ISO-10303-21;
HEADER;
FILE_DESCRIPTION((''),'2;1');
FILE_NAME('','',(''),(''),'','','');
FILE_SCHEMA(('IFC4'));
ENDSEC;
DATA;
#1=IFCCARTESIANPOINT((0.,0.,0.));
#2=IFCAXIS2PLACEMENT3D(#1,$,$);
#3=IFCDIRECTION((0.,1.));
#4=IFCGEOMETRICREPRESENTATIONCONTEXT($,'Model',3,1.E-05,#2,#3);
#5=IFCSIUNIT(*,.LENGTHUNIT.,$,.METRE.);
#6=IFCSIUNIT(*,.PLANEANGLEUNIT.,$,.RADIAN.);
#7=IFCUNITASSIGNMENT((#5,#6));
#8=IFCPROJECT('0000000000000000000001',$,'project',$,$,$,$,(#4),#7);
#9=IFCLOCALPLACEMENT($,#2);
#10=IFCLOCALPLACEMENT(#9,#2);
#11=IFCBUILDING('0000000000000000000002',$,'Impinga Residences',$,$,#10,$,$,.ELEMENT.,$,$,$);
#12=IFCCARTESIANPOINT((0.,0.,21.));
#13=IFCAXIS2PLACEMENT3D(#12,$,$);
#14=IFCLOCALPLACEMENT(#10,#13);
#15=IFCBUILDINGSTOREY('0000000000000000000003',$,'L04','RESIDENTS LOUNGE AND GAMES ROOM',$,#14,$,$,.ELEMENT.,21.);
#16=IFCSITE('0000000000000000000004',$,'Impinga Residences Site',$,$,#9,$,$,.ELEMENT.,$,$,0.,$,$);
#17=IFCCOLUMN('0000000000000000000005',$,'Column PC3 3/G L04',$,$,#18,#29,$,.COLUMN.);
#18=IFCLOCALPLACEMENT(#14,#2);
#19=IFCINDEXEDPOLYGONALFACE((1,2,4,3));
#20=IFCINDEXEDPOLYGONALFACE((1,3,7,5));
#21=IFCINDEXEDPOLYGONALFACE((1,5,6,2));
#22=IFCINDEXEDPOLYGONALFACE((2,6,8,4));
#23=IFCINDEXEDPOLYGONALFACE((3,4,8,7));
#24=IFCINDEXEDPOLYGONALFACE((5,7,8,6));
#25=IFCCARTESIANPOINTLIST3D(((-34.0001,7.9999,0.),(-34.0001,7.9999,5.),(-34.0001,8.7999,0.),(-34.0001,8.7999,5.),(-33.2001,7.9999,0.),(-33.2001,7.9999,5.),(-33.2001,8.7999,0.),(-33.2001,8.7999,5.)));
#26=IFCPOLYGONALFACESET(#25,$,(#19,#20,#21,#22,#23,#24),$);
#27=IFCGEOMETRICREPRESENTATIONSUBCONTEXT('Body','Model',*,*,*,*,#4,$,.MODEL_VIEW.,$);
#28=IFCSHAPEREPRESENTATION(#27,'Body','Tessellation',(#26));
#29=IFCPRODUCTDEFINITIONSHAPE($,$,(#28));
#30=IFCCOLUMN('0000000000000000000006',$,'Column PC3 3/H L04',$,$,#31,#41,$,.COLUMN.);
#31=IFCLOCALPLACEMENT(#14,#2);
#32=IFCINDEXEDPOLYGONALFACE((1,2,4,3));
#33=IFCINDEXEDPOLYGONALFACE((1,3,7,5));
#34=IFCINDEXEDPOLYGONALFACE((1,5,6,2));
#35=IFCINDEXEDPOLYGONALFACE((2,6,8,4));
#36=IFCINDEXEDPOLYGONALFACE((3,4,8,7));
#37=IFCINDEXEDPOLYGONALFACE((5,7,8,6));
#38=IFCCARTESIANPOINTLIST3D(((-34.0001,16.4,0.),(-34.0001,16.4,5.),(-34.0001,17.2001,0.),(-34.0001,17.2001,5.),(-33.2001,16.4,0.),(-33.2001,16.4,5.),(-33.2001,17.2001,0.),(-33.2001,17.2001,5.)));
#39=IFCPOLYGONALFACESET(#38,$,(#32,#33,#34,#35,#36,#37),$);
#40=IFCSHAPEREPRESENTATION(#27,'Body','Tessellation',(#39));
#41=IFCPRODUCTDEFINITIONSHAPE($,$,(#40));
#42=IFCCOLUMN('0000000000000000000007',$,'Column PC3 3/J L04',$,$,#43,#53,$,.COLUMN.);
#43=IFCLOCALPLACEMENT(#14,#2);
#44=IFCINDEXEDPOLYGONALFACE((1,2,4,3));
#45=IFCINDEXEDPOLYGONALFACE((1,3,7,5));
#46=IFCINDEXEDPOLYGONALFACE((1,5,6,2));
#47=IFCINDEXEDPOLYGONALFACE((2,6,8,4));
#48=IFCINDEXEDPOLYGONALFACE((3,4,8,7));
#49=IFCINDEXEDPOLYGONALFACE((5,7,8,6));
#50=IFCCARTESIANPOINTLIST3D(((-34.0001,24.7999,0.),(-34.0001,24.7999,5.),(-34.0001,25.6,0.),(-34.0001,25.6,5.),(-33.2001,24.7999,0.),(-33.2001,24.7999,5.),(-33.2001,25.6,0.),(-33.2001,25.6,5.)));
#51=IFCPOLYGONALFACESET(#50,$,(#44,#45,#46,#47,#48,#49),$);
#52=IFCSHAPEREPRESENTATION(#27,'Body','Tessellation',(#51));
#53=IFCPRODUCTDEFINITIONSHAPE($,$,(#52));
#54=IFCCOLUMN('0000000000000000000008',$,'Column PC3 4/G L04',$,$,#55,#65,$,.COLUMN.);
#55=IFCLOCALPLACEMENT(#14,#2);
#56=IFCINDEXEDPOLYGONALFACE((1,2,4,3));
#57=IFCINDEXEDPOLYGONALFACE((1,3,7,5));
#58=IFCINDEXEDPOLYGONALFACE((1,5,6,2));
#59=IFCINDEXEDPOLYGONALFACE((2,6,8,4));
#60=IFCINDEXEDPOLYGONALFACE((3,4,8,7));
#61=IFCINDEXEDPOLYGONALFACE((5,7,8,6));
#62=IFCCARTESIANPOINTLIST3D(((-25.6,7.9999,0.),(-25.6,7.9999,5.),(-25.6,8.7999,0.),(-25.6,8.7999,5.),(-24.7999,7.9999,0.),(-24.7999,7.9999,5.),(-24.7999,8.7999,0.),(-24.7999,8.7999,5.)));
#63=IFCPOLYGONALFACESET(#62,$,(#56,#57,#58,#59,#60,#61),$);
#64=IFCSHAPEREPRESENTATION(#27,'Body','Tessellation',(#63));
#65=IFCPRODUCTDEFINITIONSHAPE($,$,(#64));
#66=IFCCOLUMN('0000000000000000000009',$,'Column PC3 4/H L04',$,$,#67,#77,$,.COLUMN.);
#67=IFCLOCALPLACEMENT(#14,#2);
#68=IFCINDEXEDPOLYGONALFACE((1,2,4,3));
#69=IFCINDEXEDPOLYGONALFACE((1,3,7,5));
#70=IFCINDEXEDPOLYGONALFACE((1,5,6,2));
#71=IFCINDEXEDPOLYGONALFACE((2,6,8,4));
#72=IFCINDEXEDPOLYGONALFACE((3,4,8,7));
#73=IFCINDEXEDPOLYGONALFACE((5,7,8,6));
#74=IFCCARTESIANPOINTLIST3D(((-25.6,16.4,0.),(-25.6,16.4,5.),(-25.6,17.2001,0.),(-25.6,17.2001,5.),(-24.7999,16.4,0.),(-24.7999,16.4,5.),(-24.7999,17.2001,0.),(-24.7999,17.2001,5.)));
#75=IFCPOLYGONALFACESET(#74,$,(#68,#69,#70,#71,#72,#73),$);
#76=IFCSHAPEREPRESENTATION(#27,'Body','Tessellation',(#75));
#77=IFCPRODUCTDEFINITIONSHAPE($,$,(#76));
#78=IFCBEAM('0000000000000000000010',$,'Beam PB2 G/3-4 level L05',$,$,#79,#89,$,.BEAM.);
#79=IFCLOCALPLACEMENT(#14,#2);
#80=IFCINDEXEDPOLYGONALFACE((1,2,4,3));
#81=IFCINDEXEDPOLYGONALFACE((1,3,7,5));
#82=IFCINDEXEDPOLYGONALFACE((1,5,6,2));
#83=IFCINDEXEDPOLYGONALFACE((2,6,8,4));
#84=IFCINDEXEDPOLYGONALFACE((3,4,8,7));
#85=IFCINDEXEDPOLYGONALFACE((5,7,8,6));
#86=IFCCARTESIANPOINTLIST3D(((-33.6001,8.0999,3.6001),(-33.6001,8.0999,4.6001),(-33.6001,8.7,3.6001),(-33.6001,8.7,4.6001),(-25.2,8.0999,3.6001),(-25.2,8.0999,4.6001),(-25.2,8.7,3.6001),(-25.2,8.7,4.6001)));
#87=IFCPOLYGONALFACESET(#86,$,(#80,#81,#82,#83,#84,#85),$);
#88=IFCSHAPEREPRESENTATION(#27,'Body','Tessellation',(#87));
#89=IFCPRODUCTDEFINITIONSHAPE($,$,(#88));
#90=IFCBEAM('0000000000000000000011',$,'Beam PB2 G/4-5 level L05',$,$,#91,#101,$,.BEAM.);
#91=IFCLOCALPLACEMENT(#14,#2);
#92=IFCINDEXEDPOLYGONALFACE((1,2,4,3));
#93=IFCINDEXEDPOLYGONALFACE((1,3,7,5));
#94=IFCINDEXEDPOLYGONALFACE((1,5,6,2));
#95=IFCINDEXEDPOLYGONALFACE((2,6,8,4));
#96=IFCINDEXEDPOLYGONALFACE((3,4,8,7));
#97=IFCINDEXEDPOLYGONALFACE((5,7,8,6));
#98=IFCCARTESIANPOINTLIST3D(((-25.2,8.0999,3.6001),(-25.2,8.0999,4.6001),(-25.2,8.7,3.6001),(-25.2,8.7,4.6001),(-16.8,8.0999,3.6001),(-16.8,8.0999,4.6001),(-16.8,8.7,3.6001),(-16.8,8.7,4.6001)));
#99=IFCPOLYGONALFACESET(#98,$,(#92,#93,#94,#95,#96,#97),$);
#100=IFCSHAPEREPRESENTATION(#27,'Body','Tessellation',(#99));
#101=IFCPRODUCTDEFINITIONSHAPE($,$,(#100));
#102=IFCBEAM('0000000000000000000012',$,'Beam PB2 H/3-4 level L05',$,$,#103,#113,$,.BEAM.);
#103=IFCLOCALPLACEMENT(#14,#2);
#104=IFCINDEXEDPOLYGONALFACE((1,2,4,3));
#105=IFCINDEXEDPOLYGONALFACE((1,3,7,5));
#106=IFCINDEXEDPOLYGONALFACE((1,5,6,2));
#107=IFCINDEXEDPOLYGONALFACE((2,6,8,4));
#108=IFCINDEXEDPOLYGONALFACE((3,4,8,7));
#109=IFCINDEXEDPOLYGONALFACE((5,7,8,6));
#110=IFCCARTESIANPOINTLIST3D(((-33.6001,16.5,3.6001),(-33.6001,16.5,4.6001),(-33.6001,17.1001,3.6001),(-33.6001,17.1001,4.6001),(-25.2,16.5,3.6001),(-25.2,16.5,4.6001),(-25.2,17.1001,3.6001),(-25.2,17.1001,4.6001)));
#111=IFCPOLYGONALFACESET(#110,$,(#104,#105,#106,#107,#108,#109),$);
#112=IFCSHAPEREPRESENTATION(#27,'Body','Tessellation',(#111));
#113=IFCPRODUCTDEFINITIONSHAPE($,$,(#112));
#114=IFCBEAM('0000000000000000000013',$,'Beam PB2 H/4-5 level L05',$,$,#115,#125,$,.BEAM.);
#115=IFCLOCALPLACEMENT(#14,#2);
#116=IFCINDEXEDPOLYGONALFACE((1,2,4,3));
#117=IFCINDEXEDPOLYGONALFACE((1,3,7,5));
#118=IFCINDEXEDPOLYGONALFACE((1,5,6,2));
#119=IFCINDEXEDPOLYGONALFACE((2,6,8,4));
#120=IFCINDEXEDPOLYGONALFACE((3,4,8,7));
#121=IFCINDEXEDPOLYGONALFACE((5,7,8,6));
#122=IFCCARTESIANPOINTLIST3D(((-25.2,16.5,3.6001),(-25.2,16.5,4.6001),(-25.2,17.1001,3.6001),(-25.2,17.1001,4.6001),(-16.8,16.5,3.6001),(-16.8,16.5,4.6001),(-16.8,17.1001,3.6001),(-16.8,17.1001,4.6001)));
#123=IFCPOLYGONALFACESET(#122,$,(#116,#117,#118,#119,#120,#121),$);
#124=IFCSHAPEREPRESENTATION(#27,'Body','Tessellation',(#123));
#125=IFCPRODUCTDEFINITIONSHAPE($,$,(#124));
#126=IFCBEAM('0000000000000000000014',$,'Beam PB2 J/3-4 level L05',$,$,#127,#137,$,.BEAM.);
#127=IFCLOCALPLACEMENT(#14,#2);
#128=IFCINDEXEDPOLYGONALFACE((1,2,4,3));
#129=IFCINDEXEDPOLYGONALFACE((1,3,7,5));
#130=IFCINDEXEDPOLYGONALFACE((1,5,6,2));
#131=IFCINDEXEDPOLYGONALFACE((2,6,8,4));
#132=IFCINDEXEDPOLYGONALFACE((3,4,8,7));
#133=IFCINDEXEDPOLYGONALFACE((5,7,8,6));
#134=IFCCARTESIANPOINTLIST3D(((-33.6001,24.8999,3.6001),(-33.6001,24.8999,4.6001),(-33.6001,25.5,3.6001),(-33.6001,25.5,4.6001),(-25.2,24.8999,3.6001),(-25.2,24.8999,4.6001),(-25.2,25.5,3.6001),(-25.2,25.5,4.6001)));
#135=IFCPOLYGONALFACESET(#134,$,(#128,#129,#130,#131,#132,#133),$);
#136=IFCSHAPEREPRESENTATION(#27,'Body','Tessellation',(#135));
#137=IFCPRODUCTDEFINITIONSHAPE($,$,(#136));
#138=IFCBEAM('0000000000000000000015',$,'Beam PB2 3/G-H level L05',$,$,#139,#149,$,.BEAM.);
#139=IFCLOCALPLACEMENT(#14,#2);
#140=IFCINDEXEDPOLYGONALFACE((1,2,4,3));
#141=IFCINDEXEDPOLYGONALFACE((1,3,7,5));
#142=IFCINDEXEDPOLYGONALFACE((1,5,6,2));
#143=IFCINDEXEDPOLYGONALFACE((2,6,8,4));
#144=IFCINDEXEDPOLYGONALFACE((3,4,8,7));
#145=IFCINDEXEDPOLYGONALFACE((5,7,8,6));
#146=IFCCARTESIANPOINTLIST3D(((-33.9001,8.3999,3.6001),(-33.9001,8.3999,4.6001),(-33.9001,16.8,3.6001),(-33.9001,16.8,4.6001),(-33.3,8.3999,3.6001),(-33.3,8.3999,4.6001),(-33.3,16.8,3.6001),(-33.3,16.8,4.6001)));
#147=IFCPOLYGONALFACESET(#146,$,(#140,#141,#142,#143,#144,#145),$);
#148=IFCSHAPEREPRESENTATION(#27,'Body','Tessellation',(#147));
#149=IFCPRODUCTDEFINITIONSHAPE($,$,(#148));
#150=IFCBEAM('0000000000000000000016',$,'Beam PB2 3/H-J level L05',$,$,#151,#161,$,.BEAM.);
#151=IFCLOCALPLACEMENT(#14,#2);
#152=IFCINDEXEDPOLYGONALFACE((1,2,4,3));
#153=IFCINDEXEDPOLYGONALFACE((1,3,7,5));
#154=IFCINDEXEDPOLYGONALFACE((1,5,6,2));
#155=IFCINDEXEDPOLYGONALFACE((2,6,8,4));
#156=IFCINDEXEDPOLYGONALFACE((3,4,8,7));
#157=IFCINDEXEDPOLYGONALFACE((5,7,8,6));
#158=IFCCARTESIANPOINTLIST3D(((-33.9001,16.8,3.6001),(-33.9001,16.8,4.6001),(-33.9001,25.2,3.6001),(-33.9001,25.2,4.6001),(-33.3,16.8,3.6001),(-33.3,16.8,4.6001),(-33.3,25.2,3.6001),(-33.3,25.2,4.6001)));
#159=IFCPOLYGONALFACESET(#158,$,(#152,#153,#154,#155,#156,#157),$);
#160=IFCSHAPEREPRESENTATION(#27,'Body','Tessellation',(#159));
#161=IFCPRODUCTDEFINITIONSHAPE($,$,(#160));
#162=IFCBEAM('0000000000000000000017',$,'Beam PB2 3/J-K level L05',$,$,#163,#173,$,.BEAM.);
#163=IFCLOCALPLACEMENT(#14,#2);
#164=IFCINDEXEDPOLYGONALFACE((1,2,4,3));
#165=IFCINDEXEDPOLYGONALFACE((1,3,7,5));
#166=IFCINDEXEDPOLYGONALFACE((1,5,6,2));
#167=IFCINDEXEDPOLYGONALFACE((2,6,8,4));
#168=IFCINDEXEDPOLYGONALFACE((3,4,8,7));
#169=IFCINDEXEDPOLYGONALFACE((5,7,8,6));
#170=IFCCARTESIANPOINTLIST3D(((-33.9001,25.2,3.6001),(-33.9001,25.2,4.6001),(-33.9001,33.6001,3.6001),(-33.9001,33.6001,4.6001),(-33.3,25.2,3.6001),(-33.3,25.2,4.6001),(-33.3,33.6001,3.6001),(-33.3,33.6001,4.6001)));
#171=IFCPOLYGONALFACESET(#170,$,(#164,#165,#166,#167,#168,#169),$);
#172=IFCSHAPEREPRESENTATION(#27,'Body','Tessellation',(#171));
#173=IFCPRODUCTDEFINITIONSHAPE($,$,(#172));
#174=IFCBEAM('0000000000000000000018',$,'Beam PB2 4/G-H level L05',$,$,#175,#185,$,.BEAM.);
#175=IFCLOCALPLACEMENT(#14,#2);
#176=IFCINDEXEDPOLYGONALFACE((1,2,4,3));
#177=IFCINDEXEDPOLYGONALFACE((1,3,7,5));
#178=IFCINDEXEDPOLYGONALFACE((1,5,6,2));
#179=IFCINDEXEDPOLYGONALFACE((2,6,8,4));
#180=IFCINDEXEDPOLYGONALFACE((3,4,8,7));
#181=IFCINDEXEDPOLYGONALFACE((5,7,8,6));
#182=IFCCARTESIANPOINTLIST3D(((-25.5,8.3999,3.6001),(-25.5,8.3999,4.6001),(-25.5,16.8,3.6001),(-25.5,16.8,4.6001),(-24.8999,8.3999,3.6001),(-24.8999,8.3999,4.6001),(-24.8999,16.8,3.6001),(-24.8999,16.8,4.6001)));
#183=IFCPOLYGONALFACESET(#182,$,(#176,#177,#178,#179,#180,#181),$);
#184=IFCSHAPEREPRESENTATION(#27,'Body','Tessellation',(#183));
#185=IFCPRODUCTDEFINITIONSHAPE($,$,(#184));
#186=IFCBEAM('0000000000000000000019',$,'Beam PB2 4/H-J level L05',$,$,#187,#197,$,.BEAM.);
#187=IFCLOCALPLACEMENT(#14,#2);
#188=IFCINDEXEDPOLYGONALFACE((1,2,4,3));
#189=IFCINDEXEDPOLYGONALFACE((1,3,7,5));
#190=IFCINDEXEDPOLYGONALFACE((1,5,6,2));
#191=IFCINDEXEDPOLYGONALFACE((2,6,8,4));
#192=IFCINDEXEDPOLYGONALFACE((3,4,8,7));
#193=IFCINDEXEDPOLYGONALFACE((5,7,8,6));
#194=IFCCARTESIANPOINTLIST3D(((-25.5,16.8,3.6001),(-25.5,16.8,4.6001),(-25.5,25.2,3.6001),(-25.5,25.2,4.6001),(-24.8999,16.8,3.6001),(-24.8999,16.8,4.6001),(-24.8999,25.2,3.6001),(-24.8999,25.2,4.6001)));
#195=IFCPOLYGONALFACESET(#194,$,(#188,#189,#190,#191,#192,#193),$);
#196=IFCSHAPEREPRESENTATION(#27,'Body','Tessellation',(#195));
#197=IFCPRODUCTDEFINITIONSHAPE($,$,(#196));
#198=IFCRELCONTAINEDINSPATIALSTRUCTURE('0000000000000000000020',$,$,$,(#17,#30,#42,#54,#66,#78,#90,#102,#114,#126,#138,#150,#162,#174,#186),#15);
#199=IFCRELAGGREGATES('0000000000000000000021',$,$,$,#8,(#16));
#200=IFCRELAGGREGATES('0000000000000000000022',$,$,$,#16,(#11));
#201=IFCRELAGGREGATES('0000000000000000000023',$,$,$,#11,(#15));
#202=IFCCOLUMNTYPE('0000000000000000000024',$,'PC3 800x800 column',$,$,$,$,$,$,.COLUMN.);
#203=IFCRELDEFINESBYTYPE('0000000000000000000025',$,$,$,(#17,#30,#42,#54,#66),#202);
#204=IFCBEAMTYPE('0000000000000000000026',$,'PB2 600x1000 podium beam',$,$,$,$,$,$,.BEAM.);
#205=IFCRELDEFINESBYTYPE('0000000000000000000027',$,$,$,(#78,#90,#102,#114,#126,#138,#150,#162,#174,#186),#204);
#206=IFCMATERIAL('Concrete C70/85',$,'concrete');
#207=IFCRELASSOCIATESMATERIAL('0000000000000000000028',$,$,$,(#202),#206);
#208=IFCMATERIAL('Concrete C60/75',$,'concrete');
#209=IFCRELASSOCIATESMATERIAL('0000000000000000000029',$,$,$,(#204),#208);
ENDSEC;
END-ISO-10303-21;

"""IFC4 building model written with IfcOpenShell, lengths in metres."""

from ifc_helpers import new_model, si_unit, direction, frame, origin, origin_2d, place, context, subcontext, project, spatial, rectangle, extrude, material, material_profile, profile_set, type_object, element, save


model = new_model("IFC4")

# Units and contexts
model_context = context("Model", 3, precision=1e-05, world=origin(), true_north=direction((0.0, 1.0)))
body_context = subcontext(model_context, "Body", "Model", "MODEL_VIEW")
ifc_project = project(units=[si_unit("LENGTHUNIT", "METRE"), si_unit("PLANEANGLEUNIT", "RADIAN")], contexts=[model_context])

# Site, building, storey
site_placement = place(None, origin())
site = spatial("IfcSite", under=ifc_project, at=site_placement, Name="Impinga Residences Site", CompositionType="ELEMENT", RefElevation=0.0)
building_placement = place(site_placement, origin())
building = spatial("IfcBuilding", under=site, at=building_placement, Name="Impinga Residences", CompositionType="ELEMENT")
storey_placement = place(building_placement, frame((0.0, 0.0, 21.0)))
storey = spatial("IfcBuildingStorey", under=building, at=storey_placement, Name="L04", Description="RESIDENTS LOUNGE AND GAMES ROOM", CompositionType="ELEMENT", Elevation=21.0)

# Columns
ifc_material_1 = material(Name="Concrete C70/85", Category="concrete")
ifc_material_profile_1 = material_profile(ifc_material_1, rectangle(XDim=0.8, YDim=0.8, at=origin_2d()), Name="RC 800x800")
ifc_profile_set_1 = profile_set([ifc_material_profile_1], Name="Concrete C70/85")
column_type = type_object("IfcColumnType", Name="PC3 800x800 column", PredefinedType="COLUMN", material=ifc_profile_set_1)
for number, where, z_axis, x_axis, name in (
    (1, (-33.6001, 8.3999, 0.0), (0.0, 0.0, 1.0), (1.0, 0.0, 0.0), "Column PC3 3/G L04"),
    (2, (-33.6001, 16.8, 0.0), (0.0, 0.0, 1.0), (1.0, 0.0, 0.0), "Column PC3 3/H L04"),
    (3, (-33.6001, 25.2, 0.0), (0.0, 0.0, 1.0), (1.0, 0.0, 0.0), "Column PC3 3/J L04"),
    (4, (-25.2, 8.3999, 0.0), (0.0, 0.0, 1.0), (1.0, 0.0, 0.0), "Column PC3 4/G L04"),
    (5, (-25.2, 16.8, 0.0), (0.0, 0.0, 1.0), (1.0, 0.0, 0.0), "Column PC3 4/H L04"),
):
    element("IfcColumn", number, at=place(storey_placement, frame(where, z_axis=z_axis, x_axis=x_axis)), inside=storey, type_object=column_type, Name=name, PredefinedType="COLUMN", context=body_context, shape_type="SweptSolid", body=[
        extrude(rectangle(XDim=0.8, YDim=0.8, at=origin_2d()), origin(), (0.0, 0.0, 1.0), 5.0),
    ])

# Beams
ifc_material_2 = material(Name="Concrete C60/75", Category="concrete")
ifc_material_profile_2 = material_profile(ifc_material_2, rectangle(XDim=0.6001, YDim=1.0, at=origin_2d()), Name="RC 600x1000")
ifc_profile_set_2 = profile_set([ifc_material_profile_2], Name="Concrete C60/75")
beam_type = type_object("IfcBeamType", Name="PB2 600x1000 podium beam", PredefinedType="BEAM", material=ifc_profile_set_2)
beam_1_placement = place(storey_placement, frame((-33.6001, 8.3999, 4.1001), z_axis=(1.0, 0.0, 0.0), x_axis=(0.0, 1.0, 0.0)))
element("IfcBeam", 6, at=beam_1_placement, inside=storey, type_object=beam_type, Name="Beam PB2 G/3-4 level L05", PredefinedType="BEAM", context=body_context, shape_type="SweptSolid", body=[
    extrude(rectangle(XDim=0.6001, YDim=1.0, at=origin_2d()), origin(), (0.0, 0.0, 1.0), 8.4001),
])
beam_2_placement = place(storey_placement, frame((-25.2, 8.3999, 4.1001), z_axis=(1.0, 0.0, 0.0), x_axis=(0.0, 1.0, 0.0)))
element("IfcBeam", 7, at=beam_2_placement, inside=storey, type_object=beam_type, Name="Beam PB2 G/4-5 level L05", PredefinedType="BEAM", context=body_context, shape_type="SweptSolid", body=[
    extrude(rectangle(XDim=0.6001, YDim=1.0, at=origin_2d()), origin(), (0.0, 0.0, 1.0), 8.3999),
])
beam_3_placement = place(storey_placement, frame((-33.6001, 16.8, 4.1001), z_axis=(1.0, 0.0, 0.0), x_axis=(0.0, 1.0, 0.0)))
element("IfcBeam", 8, at=beam_3_placement, inside=storey, type_object=beam_type, Name="Beam PB2 H/3-4 level L05", PredefinedType="BEAM", context=body_context, shape_type="SweptSolid", body=[
    extrude(rectangle(XDim=0.6001, YDim=1.0, at=origin_2d()), origin(), (0.0, 0.0, 1.0), 8.4001),
])
beam_4_placement = place(storey_placement, frame((-25.2, 16.8, 4.1001), z_axis=(1.0, 0.0, 0.0), x_axis=(0.0, 1.0, 0.0)))
element("IfcBeam", 9, at=beam_4_placement, inside=storey, type_object=beam_type, Name="Beam PB2 H/4-5 level L05", PredefinedType="BEAM", context=body_context, shape_type="SweptSolid", body=[
    extrude(rectangle(XDim=0.6001, YDim=1.0, at=origin_2d()), origin(), (0.0, 0.0, 1.0), 8.3999),
])
for number, where, z_axis, x_axis, name in (
    (10, (-33.6001, 25.2, 4.1001), (1.0, 0.0, 0.0), (0.0, 1.0, 0.0), "Beam PB2 J/3-4 level L05"),
    (11, (-33.6001, 8.3999, 4.1001), (0.0, 1.0, 0.0), (-1.0, 0.0, 0.0), "Beam PB2 3/G-H level L05"),
):
    element("IfcBeam", number, at=place(storey_placement, frame(where, z_axis=z_axis, x_axis=x_axis)), inside=storey, type_object=beam_type, Name=name, PredefinedType="BEAM", context=body_context, shape_type="SweptSolid", body=[
        extrude(rectangle(XDim=0.6001, YDim=1.0, at=origin_2d()), origin(), (0.0, 0.0, 1.0), 8.4001),
    ])
beam_5_placement = place(storey_placement, frame((-33.6001, 16.8, 4.1001), z_axis=(0.0, 1.0, 0.0), x_axis=(-1.0, 0.0, 0.0)))
element("IfcBeam", 12, at=beam_5_placement, inside=storey, type_object=beam_type, Name="Beam PB2 3/H-J level L05", PredefinedType="BEAM", context=body_context, shape_type="SweptSolid", body=[
    extrude(rectangle(XDim=0.6001, YDim=1.0, at=origin_2d()), origin(), (0.0, 0.0, 1.0), 8.3999),
])
for number, where, z_axis, x_axis, name in (
    (13, (-33.6001, 25.2, 4.1001), (0.0, 1.0, 0.0), (-1.0, 0.0, 0.0), "Beam PB2 3/J-K level L05"),
    (14, (-25.2, 8.3999, 4.1001), (0.0, 1.0, 0.0), (-1.0, 0.0, 0.0), "Beam PB2 4/G-H level L05"),
):
    element("IfcBeam", number, at=place(storey_placement, frame(where, z_axis=z_axis, x_axis=x_axis)), inside=storey, type_object=beam_type, Name=name, PredefinedType="BEAM", context=body_context, shape_type="SweptSolid", body=[
        extrude(rectangle(XDim=0.6001, YDim=1.0, at=origin_2d()), origin(), (0.0, 0.0, 1.0), 8.4001),
    ])
beam_6_placement = place(storey_placement, frame((-25.2, 16.8, 4.1001), z_axis=(0.0, 1.0, 0.0), x_axis=(-1.0, 0.0, 0.0)))
element("IfcBeam", 15, at=beam_6_placement, inside=storey, type_object=beam_type, Name="Beam PB2 4/H-J level L05", PredefinedType="BEAM", context=body_context, shape_type="SweptSolid", body=[
    extrude(rectangle(XDim=0.6001, YDim=1.0, at=origin_2d()), origin(), (0.0, 0.0, 1.0), 8.3999),
])

save(model, "model.ifc")
